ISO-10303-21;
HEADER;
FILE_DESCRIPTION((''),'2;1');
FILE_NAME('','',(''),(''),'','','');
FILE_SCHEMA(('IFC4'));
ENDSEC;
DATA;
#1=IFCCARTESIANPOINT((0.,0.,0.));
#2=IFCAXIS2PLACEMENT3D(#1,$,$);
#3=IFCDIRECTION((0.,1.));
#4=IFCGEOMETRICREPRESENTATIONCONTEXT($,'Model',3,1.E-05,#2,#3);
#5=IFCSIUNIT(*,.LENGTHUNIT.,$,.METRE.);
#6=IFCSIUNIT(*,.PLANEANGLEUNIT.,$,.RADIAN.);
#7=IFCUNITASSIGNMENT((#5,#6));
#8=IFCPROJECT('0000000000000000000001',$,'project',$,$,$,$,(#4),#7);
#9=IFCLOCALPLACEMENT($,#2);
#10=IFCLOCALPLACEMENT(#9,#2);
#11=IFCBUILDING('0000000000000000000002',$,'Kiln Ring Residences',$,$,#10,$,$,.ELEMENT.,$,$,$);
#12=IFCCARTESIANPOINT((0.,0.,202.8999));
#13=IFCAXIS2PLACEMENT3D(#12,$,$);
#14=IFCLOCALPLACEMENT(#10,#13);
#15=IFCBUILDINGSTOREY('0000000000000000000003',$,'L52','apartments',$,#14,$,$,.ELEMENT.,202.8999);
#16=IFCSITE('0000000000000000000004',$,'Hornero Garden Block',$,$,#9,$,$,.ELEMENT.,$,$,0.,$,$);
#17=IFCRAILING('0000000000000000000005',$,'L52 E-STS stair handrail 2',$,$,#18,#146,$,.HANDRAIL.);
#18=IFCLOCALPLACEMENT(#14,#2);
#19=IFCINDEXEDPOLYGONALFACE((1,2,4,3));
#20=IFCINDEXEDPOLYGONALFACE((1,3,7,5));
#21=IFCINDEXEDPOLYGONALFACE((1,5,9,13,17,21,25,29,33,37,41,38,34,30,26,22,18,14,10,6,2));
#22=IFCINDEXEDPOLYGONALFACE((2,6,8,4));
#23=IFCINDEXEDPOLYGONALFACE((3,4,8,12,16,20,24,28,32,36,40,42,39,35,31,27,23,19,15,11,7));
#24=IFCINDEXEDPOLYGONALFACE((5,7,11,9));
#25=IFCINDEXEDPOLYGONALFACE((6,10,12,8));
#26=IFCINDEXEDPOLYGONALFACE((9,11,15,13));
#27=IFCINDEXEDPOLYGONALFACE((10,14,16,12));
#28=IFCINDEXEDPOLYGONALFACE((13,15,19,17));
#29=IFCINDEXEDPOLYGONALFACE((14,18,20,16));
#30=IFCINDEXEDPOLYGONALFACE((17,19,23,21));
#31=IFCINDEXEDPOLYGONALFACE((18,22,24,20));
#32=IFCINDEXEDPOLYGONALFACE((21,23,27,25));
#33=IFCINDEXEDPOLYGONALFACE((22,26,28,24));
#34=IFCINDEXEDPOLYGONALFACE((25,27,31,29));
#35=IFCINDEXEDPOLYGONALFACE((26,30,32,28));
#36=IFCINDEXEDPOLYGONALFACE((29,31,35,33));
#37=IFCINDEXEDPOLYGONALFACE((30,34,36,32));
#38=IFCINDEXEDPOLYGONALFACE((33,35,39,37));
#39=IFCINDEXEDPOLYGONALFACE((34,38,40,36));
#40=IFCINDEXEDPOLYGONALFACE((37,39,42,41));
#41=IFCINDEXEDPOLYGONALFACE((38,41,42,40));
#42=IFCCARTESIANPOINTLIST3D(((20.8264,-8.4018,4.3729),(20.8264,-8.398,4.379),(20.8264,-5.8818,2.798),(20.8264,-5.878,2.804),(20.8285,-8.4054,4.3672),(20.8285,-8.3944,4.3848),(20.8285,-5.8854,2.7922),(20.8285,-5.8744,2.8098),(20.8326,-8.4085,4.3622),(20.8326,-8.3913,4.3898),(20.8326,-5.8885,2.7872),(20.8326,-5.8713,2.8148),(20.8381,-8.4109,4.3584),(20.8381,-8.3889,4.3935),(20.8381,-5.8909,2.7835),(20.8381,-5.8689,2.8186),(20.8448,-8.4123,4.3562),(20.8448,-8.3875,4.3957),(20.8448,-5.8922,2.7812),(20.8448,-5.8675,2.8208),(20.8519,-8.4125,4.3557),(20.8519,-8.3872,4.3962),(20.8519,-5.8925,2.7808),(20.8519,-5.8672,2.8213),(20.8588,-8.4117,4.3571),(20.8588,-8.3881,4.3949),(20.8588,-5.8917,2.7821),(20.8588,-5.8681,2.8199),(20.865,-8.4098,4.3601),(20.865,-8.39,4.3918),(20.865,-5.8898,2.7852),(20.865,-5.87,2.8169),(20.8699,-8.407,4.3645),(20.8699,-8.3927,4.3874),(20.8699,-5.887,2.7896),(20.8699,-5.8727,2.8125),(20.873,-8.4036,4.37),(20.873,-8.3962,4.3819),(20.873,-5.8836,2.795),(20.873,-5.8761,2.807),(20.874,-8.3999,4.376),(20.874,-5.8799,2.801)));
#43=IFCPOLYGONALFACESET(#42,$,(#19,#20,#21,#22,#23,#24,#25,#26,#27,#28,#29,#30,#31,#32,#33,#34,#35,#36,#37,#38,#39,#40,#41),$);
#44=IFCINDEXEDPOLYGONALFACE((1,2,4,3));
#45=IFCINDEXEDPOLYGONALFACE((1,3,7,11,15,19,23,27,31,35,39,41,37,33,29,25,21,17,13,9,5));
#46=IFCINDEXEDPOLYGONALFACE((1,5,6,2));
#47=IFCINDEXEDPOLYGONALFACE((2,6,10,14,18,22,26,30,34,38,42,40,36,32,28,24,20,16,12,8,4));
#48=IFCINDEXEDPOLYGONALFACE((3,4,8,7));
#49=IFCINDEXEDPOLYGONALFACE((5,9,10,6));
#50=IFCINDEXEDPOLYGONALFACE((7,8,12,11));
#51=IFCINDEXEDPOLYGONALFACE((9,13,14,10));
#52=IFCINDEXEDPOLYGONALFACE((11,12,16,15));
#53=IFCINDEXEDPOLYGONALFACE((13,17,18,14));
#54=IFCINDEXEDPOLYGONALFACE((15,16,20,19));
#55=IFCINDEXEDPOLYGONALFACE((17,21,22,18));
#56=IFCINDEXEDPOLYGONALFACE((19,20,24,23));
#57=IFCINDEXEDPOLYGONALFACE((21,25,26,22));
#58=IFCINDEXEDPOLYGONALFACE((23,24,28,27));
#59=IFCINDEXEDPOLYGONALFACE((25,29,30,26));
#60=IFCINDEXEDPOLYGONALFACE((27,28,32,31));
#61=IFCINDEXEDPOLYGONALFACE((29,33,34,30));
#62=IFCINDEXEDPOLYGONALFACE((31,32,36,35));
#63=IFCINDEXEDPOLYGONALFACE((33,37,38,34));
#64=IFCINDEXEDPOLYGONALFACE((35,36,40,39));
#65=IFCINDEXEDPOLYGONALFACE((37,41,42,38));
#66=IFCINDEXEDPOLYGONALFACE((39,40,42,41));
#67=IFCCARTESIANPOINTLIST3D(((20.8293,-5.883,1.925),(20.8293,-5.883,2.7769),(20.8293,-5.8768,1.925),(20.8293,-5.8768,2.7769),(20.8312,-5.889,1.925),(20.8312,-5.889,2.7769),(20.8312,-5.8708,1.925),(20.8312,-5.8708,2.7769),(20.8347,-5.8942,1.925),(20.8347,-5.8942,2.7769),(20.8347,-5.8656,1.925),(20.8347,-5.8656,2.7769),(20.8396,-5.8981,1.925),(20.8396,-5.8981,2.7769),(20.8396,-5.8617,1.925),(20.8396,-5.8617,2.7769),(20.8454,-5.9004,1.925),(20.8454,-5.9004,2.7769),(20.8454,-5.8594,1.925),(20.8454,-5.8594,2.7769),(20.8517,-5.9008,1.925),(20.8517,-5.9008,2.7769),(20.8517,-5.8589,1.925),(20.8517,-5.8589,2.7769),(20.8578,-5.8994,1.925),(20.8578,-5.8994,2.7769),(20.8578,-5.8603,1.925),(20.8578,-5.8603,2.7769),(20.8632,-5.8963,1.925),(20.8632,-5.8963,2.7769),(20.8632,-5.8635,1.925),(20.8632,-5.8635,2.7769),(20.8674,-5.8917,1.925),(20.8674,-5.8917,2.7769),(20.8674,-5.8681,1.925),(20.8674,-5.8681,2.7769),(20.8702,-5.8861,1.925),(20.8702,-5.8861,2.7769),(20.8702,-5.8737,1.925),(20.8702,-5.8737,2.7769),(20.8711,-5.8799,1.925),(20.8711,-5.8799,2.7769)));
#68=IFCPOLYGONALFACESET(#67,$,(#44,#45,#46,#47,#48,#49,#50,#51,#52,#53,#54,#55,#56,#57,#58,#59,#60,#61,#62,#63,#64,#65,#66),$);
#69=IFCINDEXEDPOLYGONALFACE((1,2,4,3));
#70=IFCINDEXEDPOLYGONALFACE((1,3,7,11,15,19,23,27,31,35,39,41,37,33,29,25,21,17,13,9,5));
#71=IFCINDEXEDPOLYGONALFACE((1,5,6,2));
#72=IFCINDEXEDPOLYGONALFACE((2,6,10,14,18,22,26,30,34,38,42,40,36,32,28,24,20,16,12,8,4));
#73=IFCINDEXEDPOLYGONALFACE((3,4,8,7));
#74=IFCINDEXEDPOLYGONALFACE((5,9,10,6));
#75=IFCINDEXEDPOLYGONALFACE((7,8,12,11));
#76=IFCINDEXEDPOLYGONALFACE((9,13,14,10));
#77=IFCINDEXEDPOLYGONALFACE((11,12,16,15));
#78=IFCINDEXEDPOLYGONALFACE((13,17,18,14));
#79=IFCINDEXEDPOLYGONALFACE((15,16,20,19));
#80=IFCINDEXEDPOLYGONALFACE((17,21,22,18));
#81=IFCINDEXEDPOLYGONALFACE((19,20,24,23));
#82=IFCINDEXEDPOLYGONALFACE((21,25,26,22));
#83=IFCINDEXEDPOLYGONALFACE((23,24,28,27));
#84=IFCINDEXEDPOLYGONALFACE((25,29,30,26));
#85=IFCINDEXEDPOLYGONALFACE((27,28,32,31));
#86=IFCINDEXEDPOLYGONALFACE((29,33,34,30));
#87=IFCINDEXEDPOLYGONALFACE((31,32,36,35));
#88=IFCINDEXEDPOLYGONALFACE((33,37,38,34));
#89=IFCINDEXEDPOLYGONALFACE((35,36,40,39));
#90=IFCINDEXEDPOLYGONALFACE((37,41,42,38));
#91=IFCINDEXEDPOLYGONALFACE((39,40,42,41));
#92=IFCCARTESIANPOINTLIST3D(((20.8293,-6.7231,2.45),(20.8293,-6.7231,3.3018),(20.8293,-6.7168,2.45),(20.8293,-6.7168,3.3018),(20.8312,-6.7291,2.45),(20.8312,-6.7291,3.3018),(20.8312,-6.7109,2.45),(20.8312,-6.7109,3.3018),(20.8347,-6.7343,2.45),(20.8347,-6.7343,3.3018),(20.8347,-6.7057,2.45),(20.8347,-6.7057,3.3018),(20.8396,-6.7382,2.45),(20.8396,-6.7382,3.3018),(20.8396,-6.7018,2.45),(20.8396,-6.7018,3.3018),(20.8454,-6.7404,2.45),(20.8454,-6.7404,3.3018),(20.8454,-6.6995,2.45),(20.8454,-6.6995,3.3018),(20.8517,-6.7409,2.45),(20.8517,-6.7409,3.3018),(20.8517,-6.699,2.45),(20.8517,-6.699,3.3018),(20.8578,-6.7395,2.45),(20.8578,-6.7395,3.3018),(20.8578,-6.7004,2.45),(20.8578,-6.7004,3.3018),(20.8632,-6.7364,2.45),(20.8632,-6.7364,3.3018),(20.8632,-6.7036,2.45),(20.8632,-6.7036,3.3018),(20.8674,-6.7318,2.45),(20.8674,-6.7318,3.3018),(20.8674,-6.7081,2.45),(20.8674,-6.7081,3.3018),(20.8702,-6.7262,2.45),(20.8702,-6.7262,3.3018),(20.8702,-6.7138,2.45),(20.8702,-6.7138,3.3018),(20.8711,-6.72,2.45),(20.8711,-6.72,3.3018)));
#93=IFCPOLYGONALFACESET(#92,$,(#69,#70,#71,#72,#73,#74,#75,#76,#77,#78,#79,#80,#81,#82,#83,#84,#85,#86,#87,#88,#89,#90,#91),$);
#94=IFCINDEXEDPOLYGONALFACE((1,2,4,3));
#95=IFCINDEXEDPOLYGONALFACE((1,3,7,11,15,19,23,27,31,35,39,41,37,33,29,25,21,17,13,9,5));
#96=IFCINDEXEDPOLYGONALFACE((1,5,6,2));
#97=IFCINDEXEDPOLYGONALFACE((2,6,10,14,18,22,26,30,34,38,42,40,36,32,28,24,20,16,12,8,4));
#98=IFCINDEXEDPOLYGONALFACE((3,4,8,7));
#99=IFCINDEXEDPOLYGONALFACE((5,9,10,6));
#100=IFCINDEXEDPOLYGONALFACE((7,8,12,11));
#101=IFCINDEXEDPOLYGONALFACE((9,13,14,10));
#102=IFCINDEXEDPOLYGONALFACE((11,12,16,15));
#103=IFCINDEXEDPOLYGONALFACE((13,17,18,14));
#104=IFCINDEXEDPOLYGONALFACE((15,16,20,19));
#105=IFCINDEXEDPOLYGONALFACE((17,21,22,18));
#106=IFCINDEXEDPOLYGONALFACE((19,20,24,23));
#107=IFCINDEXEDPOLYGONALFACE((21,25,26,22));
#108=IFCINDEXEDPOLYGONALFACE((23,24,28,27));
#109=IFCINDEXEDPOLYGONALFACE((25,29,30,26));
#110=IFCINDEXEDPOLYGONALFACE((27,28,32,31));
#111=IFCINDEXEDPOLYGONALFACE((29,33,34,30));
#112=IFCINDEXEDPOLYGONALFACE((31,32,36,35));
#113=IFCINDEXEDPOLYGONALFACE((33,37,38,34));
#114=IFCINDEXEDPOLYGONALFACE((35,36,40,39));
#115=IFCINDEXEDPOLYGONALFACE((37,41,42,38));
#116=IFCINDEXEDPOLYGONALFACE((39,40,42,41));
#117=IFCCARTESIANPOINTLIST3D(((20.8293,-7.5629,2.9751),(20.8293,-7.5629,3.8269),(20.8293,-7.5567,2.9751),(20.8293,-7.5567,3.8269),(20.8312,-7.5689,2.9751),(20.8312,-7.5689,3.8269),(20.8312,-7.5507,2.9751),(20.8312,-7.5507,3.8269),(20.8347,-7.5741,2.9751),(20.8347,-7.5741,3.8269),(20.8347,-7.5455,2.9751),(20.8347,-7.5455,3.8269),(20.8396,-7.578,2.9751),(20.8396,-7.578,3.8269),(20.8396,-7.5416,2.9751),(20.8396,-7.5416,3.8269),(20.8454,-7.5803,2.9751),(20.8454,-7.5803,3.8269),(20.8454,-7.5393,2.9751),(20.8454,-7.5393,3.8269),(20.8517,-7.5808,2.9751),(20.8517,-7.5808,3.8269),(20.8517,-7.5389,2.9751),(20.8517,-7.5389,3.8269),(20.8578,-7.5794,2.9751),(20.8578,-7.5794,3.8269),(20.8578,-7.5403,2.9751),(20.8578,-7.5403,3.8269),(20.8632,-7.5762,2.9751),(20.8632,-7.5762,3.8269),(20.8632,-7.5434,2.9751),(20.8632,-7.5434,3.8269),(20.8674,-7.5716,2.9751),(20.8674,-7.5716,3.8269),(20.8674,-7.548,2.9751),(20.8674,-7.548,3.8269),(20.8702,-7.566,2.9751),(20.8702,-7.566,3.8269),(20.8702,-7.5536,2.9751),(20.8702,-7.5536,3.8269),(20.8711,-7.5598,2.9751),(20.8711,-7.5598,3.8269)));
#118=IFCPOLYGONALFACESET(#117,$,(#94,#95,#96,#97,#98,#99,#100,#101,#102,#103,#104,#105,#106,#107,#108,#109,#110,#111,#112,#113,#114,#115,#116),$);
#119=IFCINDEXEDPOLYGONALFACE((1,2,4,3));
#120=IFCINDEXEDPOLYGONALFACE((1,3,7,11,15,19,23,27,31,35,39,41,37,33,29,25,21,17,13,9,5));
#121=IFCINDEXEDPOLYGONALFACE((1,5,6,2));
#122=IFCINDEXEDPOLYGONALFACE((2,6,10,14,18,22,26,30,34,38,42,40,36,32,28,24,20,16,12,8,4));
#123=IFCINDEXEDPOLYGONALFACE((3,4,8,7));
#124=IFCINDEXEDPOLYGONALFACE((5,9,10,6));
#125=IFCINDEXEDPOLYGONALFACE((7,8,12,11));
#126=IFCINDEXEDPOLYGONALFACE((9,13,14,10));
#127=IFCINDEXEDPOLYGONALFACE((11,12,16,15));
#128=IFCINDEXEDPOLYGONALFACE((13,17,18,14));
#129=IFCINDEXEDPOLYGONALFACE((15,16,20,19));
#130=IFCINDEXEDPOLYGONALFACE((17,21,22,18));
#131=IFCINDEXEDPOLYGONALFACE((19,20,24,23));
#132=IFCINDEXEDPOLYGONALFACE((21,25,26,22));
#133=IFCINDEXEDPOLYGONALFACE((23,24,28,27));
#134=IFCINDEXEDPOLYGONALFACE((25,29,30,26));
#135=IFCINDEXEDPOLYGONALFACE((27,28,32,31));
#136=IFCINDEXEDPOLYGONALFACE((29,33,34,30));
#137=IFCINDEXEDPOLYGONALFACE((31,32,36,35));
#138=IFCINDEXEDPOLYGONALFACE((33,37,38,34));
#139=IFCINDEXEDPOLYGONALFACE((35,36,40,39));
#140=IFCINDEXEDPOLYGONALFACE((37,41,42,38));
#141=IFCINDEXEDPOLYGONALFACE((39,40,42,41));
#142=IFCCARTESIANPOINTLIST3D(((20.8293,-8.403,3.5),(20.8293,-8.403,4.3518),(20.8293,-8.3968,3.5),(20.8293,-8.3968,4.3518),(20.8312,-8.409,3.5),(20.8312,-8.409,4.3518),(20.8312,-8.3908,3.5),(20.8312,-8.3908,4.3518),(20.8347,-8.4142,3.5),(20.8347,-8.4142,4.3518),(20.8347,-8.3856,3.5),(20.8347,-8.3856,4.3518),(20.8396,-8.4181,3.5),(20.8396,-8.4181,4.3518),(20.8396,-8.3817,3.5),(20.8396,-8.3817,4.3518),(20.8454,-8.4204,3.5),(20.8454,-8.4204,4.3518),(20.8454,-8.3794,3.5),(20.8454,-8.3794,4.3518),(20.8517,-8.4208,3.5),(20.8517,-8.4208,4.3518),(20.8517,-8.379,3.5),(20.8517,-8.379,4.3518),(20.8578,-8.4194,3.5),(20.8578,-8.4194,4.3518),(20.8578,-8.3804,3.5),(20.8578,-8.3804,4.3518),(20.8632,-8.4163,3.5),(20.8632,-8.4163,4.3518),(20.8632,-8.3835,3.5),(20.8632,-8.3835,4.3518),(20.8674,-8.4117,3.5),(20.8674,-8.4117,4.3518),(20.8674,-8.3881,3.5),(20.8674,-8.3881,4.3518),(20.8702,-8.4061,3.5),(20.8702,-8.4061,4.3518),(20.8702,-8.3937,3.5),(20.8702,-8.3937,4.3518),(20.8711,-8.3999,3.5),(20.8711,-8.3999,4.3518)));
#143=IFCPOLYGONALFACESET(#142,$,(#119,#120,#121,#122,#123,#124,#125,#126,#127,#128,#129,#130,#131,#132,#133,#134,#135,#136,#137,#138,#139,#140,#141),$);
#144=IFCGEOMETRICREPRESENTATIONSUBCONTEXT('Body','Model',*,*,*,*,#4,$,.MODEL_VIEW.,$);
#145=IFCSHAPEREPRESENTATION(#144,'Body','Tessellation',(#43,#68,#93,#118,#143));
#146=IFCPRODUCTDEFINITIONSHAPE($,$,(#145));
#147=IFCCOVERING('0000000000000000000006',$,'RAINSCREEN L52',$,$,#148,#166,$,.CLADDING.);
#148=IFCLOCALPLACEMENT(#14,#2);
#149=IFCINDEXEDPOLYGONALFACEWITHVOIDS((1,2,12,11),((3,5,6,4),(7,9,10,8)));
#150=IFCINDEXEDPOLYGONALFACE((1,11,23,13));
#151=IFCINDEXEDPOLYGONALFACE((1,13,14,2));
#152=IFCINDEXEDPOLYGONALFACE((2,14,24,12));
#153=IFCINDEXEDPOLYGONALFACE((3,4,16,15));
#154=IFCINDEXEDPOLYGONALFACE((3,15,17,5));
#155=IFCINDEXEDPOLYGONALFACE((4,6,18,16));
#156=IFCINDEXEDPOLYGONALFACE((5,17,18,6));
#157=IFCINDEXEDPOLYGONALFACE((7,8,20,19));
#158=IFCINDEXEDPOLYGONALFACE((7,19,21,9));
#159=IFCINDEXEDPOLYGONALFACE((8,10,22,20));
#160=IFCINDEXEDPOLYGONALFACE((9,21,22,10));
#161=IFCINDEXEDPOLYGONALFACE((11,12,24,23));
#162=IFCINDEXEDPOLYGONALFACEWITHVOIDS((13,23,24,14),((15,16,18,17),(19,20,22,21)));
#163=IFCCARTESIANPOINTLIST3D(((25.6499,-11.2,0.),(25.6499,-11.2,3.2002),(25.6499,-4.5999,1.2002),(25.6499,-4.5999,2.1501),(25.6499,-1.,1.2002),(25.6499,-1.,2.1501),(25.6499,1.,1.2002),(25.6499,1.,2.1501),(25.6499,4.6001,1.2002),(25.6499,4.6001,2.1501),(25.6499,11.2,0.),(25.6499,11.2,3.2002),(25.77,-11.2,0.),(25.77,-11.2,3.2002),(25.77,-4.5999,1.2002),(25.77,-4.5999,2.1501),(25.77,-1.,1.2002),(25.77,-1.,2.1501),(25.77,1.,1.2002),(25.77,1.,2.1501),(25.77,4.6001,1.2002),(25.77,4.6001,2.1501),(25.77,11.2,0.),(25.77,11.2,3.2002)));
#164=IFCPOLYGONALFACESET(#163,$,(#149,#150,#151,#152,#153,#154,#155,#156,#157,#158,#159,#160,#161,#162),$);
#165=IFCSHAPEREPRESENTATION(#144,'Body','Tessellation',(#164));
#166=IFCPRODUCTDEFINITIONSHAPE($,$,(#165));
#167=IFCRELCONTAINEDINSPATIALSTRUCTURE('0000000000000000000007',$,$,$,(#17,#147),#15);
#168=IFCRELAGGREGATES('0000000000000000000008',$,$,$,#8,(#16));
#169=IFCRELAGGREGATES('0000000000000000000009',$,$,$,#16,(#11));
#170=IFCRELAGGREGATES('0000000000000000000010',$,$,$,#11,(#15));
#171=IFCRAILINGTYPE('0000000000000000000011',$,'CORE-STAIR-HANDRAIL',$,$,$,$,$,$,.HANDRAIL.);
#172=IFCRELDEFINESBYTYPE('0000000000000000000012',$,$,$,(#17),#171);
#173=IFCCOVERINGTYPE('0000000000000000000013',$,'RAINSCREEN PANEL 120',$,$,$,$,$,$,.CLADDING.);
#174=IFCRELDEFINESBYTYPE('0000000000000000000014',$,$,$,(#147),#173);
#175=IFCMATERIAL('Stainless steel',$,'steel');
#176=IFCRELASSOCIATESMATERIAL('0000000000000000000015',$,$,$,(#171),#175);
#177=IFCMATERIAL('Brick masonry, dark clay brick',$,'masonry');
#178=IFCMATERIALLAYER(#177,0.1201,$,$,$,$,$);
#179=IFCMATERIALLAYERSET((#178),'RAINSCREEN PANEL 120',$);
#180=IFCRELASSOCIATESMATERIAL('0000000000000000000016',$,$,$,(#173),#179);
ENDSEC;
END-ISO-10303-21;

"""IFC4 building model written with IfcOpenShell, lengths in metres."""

from ifc_helpers import new_model, si_unit, direction, frame, origin, origin_2d, place, context, subcontext, project, spatial, polyline, circle, outline, extrude, material, layer, layer_set, type_object, element, save


model = new_model("IFC4")

# Units and contexts
model_context = context("Model", 3, precision=1e-05, world=origin(), true_north=direction((0.0, 1.0)))
body_context = subcontext(model_context, "Body", "Model", "MODEL_VIEW")
ifc_project = project(units=[si_unit("LENGTHUNIT", "METRE"), si_unit("PLANEANGLEUNIT", "RADIAN")], contexts=[model_context])

# Site, building, storey
site_placement = place(None, origin())
site = spatial("IfcSite", under=ifc_project, at=site_placement, Name="Hornero Garden Block", CompositionType="ELEMENT", RefElevation=0.0)
building_placement = place(site_placement, origin())
building = spatial("IfcBuilding", under=site, at=building_placement, Name="Kiln Ring Residences", CompositionType="ELEMENT")
storey_placement = place(building_placement, frame((0.0, 0.0, 202.8999)))
storey = spatial("IfcBuildingStorey", under=building, at=storey_placement, Name="L52", Description="apartments", CompositionType="ELEMENT", Elevation=202.8999)

# Railing
ifc_material_1 = material(Name="Stainless steel", Category="steel")
railing_type_1 = type_object("IfcRailingType", Name="CORE-STAIR-HANDRAIL", PredefinedType="HANDRAIL", material=ifc_material_1)
railing_1_placement = place(storey_placement, frame((20.8501, -5.8799, 1.925)))
element("IfcRailing", 1, at=railing_1_placement, inside=storey, type_object=railing_type_1, Name="L52 E-STS stair handrail 2", PredefinedType="HANDRAIL", context=body_context, shape_type="SweptSolid", body=[
    extrude(circle(Radius=0.0239, at=origin_2d()), frame((0.0, 0.0, 0.876), z_axis=(0.0, -0.848008, 0.529984), x_axis=(1.0, 0.0, 0.0)), (0.0, 0.0, 1.0), 2.9717),
    extrude(circle(Radius=0.021, at=origin_2d()), origin(), (0.0, 0.0, 1.0), 0.8518),
    extrude(circle(Radius=0.021, at=origin_2d()), frame((0.0, -0.8401, 0.5249)), (0.0, 0.0, 1.0), 0.8518),
    extrude(circle(Radius=0.021, at=origin_2d()), frame((0.0, -1.6799, 1.05)), (0.0, 0.0, 1.0), 0.8518),
    extrude(circle(Radius=0.021, at=origin_2d()), frame((0.0, -2.52, 1.575)), (0.0, 0.0, 1.0), 0.8518),
])

# Covering
ifc_material_2 = material(Name="Brick masonry, dark clay brick", Category="masonry")
ifc_layer_1 = layer(ifc_material_2, 0.1201)
ifc_layer_set_1 = layer_set([ifc_layer_1], Name="RAINSCREEN PANEL 120")
covering_type = type_object("IfcCoveringType", Name="RAINSCREEN PANEL 120", PredefinedType="CLADDING", material=ifc_layer_set_1)
covering_placement = place(storey_placement, frame((25.71, -11.2, 0.0), z_axis=(0.0, 0.0, 1.0), x_axis=(0.0, 1.0, 0.0)))
element("IfcCovering", 2, at=covering_placement, inside=storey, type_object=covering_type, Name="RAINSCREEN L52", PredefinedType="CLADDING", context=body_context, shape_type="SweptSolid", body=[
    extrude(outline(polyline([(0.0, 0.0), (22.3999, 0.0), (22.3999, 3.2002), (0.0, 3.2002), (0.0, 0.0)]), holes=[polyline([(10.2, 2.1501), (6.6001, 2.1501), (6.6001, 1.2002), (10.2, 1.2002), (10.2, 2.1501)]), polyline([(15.8, 2.1501), (12.2, 2.1501), (12.2, 1.2002), (15.8, 1.2002), (15.8, 2.1501)])]), frame((0.0, 0.0601, 0.0), z_axis=(0.0, -1.0, 0.0), x_axis=(1.0, 0.0, 0.0)), (0.0, 0.0, 1.0), 0.1201),
])

save(model, "model.ifc")
